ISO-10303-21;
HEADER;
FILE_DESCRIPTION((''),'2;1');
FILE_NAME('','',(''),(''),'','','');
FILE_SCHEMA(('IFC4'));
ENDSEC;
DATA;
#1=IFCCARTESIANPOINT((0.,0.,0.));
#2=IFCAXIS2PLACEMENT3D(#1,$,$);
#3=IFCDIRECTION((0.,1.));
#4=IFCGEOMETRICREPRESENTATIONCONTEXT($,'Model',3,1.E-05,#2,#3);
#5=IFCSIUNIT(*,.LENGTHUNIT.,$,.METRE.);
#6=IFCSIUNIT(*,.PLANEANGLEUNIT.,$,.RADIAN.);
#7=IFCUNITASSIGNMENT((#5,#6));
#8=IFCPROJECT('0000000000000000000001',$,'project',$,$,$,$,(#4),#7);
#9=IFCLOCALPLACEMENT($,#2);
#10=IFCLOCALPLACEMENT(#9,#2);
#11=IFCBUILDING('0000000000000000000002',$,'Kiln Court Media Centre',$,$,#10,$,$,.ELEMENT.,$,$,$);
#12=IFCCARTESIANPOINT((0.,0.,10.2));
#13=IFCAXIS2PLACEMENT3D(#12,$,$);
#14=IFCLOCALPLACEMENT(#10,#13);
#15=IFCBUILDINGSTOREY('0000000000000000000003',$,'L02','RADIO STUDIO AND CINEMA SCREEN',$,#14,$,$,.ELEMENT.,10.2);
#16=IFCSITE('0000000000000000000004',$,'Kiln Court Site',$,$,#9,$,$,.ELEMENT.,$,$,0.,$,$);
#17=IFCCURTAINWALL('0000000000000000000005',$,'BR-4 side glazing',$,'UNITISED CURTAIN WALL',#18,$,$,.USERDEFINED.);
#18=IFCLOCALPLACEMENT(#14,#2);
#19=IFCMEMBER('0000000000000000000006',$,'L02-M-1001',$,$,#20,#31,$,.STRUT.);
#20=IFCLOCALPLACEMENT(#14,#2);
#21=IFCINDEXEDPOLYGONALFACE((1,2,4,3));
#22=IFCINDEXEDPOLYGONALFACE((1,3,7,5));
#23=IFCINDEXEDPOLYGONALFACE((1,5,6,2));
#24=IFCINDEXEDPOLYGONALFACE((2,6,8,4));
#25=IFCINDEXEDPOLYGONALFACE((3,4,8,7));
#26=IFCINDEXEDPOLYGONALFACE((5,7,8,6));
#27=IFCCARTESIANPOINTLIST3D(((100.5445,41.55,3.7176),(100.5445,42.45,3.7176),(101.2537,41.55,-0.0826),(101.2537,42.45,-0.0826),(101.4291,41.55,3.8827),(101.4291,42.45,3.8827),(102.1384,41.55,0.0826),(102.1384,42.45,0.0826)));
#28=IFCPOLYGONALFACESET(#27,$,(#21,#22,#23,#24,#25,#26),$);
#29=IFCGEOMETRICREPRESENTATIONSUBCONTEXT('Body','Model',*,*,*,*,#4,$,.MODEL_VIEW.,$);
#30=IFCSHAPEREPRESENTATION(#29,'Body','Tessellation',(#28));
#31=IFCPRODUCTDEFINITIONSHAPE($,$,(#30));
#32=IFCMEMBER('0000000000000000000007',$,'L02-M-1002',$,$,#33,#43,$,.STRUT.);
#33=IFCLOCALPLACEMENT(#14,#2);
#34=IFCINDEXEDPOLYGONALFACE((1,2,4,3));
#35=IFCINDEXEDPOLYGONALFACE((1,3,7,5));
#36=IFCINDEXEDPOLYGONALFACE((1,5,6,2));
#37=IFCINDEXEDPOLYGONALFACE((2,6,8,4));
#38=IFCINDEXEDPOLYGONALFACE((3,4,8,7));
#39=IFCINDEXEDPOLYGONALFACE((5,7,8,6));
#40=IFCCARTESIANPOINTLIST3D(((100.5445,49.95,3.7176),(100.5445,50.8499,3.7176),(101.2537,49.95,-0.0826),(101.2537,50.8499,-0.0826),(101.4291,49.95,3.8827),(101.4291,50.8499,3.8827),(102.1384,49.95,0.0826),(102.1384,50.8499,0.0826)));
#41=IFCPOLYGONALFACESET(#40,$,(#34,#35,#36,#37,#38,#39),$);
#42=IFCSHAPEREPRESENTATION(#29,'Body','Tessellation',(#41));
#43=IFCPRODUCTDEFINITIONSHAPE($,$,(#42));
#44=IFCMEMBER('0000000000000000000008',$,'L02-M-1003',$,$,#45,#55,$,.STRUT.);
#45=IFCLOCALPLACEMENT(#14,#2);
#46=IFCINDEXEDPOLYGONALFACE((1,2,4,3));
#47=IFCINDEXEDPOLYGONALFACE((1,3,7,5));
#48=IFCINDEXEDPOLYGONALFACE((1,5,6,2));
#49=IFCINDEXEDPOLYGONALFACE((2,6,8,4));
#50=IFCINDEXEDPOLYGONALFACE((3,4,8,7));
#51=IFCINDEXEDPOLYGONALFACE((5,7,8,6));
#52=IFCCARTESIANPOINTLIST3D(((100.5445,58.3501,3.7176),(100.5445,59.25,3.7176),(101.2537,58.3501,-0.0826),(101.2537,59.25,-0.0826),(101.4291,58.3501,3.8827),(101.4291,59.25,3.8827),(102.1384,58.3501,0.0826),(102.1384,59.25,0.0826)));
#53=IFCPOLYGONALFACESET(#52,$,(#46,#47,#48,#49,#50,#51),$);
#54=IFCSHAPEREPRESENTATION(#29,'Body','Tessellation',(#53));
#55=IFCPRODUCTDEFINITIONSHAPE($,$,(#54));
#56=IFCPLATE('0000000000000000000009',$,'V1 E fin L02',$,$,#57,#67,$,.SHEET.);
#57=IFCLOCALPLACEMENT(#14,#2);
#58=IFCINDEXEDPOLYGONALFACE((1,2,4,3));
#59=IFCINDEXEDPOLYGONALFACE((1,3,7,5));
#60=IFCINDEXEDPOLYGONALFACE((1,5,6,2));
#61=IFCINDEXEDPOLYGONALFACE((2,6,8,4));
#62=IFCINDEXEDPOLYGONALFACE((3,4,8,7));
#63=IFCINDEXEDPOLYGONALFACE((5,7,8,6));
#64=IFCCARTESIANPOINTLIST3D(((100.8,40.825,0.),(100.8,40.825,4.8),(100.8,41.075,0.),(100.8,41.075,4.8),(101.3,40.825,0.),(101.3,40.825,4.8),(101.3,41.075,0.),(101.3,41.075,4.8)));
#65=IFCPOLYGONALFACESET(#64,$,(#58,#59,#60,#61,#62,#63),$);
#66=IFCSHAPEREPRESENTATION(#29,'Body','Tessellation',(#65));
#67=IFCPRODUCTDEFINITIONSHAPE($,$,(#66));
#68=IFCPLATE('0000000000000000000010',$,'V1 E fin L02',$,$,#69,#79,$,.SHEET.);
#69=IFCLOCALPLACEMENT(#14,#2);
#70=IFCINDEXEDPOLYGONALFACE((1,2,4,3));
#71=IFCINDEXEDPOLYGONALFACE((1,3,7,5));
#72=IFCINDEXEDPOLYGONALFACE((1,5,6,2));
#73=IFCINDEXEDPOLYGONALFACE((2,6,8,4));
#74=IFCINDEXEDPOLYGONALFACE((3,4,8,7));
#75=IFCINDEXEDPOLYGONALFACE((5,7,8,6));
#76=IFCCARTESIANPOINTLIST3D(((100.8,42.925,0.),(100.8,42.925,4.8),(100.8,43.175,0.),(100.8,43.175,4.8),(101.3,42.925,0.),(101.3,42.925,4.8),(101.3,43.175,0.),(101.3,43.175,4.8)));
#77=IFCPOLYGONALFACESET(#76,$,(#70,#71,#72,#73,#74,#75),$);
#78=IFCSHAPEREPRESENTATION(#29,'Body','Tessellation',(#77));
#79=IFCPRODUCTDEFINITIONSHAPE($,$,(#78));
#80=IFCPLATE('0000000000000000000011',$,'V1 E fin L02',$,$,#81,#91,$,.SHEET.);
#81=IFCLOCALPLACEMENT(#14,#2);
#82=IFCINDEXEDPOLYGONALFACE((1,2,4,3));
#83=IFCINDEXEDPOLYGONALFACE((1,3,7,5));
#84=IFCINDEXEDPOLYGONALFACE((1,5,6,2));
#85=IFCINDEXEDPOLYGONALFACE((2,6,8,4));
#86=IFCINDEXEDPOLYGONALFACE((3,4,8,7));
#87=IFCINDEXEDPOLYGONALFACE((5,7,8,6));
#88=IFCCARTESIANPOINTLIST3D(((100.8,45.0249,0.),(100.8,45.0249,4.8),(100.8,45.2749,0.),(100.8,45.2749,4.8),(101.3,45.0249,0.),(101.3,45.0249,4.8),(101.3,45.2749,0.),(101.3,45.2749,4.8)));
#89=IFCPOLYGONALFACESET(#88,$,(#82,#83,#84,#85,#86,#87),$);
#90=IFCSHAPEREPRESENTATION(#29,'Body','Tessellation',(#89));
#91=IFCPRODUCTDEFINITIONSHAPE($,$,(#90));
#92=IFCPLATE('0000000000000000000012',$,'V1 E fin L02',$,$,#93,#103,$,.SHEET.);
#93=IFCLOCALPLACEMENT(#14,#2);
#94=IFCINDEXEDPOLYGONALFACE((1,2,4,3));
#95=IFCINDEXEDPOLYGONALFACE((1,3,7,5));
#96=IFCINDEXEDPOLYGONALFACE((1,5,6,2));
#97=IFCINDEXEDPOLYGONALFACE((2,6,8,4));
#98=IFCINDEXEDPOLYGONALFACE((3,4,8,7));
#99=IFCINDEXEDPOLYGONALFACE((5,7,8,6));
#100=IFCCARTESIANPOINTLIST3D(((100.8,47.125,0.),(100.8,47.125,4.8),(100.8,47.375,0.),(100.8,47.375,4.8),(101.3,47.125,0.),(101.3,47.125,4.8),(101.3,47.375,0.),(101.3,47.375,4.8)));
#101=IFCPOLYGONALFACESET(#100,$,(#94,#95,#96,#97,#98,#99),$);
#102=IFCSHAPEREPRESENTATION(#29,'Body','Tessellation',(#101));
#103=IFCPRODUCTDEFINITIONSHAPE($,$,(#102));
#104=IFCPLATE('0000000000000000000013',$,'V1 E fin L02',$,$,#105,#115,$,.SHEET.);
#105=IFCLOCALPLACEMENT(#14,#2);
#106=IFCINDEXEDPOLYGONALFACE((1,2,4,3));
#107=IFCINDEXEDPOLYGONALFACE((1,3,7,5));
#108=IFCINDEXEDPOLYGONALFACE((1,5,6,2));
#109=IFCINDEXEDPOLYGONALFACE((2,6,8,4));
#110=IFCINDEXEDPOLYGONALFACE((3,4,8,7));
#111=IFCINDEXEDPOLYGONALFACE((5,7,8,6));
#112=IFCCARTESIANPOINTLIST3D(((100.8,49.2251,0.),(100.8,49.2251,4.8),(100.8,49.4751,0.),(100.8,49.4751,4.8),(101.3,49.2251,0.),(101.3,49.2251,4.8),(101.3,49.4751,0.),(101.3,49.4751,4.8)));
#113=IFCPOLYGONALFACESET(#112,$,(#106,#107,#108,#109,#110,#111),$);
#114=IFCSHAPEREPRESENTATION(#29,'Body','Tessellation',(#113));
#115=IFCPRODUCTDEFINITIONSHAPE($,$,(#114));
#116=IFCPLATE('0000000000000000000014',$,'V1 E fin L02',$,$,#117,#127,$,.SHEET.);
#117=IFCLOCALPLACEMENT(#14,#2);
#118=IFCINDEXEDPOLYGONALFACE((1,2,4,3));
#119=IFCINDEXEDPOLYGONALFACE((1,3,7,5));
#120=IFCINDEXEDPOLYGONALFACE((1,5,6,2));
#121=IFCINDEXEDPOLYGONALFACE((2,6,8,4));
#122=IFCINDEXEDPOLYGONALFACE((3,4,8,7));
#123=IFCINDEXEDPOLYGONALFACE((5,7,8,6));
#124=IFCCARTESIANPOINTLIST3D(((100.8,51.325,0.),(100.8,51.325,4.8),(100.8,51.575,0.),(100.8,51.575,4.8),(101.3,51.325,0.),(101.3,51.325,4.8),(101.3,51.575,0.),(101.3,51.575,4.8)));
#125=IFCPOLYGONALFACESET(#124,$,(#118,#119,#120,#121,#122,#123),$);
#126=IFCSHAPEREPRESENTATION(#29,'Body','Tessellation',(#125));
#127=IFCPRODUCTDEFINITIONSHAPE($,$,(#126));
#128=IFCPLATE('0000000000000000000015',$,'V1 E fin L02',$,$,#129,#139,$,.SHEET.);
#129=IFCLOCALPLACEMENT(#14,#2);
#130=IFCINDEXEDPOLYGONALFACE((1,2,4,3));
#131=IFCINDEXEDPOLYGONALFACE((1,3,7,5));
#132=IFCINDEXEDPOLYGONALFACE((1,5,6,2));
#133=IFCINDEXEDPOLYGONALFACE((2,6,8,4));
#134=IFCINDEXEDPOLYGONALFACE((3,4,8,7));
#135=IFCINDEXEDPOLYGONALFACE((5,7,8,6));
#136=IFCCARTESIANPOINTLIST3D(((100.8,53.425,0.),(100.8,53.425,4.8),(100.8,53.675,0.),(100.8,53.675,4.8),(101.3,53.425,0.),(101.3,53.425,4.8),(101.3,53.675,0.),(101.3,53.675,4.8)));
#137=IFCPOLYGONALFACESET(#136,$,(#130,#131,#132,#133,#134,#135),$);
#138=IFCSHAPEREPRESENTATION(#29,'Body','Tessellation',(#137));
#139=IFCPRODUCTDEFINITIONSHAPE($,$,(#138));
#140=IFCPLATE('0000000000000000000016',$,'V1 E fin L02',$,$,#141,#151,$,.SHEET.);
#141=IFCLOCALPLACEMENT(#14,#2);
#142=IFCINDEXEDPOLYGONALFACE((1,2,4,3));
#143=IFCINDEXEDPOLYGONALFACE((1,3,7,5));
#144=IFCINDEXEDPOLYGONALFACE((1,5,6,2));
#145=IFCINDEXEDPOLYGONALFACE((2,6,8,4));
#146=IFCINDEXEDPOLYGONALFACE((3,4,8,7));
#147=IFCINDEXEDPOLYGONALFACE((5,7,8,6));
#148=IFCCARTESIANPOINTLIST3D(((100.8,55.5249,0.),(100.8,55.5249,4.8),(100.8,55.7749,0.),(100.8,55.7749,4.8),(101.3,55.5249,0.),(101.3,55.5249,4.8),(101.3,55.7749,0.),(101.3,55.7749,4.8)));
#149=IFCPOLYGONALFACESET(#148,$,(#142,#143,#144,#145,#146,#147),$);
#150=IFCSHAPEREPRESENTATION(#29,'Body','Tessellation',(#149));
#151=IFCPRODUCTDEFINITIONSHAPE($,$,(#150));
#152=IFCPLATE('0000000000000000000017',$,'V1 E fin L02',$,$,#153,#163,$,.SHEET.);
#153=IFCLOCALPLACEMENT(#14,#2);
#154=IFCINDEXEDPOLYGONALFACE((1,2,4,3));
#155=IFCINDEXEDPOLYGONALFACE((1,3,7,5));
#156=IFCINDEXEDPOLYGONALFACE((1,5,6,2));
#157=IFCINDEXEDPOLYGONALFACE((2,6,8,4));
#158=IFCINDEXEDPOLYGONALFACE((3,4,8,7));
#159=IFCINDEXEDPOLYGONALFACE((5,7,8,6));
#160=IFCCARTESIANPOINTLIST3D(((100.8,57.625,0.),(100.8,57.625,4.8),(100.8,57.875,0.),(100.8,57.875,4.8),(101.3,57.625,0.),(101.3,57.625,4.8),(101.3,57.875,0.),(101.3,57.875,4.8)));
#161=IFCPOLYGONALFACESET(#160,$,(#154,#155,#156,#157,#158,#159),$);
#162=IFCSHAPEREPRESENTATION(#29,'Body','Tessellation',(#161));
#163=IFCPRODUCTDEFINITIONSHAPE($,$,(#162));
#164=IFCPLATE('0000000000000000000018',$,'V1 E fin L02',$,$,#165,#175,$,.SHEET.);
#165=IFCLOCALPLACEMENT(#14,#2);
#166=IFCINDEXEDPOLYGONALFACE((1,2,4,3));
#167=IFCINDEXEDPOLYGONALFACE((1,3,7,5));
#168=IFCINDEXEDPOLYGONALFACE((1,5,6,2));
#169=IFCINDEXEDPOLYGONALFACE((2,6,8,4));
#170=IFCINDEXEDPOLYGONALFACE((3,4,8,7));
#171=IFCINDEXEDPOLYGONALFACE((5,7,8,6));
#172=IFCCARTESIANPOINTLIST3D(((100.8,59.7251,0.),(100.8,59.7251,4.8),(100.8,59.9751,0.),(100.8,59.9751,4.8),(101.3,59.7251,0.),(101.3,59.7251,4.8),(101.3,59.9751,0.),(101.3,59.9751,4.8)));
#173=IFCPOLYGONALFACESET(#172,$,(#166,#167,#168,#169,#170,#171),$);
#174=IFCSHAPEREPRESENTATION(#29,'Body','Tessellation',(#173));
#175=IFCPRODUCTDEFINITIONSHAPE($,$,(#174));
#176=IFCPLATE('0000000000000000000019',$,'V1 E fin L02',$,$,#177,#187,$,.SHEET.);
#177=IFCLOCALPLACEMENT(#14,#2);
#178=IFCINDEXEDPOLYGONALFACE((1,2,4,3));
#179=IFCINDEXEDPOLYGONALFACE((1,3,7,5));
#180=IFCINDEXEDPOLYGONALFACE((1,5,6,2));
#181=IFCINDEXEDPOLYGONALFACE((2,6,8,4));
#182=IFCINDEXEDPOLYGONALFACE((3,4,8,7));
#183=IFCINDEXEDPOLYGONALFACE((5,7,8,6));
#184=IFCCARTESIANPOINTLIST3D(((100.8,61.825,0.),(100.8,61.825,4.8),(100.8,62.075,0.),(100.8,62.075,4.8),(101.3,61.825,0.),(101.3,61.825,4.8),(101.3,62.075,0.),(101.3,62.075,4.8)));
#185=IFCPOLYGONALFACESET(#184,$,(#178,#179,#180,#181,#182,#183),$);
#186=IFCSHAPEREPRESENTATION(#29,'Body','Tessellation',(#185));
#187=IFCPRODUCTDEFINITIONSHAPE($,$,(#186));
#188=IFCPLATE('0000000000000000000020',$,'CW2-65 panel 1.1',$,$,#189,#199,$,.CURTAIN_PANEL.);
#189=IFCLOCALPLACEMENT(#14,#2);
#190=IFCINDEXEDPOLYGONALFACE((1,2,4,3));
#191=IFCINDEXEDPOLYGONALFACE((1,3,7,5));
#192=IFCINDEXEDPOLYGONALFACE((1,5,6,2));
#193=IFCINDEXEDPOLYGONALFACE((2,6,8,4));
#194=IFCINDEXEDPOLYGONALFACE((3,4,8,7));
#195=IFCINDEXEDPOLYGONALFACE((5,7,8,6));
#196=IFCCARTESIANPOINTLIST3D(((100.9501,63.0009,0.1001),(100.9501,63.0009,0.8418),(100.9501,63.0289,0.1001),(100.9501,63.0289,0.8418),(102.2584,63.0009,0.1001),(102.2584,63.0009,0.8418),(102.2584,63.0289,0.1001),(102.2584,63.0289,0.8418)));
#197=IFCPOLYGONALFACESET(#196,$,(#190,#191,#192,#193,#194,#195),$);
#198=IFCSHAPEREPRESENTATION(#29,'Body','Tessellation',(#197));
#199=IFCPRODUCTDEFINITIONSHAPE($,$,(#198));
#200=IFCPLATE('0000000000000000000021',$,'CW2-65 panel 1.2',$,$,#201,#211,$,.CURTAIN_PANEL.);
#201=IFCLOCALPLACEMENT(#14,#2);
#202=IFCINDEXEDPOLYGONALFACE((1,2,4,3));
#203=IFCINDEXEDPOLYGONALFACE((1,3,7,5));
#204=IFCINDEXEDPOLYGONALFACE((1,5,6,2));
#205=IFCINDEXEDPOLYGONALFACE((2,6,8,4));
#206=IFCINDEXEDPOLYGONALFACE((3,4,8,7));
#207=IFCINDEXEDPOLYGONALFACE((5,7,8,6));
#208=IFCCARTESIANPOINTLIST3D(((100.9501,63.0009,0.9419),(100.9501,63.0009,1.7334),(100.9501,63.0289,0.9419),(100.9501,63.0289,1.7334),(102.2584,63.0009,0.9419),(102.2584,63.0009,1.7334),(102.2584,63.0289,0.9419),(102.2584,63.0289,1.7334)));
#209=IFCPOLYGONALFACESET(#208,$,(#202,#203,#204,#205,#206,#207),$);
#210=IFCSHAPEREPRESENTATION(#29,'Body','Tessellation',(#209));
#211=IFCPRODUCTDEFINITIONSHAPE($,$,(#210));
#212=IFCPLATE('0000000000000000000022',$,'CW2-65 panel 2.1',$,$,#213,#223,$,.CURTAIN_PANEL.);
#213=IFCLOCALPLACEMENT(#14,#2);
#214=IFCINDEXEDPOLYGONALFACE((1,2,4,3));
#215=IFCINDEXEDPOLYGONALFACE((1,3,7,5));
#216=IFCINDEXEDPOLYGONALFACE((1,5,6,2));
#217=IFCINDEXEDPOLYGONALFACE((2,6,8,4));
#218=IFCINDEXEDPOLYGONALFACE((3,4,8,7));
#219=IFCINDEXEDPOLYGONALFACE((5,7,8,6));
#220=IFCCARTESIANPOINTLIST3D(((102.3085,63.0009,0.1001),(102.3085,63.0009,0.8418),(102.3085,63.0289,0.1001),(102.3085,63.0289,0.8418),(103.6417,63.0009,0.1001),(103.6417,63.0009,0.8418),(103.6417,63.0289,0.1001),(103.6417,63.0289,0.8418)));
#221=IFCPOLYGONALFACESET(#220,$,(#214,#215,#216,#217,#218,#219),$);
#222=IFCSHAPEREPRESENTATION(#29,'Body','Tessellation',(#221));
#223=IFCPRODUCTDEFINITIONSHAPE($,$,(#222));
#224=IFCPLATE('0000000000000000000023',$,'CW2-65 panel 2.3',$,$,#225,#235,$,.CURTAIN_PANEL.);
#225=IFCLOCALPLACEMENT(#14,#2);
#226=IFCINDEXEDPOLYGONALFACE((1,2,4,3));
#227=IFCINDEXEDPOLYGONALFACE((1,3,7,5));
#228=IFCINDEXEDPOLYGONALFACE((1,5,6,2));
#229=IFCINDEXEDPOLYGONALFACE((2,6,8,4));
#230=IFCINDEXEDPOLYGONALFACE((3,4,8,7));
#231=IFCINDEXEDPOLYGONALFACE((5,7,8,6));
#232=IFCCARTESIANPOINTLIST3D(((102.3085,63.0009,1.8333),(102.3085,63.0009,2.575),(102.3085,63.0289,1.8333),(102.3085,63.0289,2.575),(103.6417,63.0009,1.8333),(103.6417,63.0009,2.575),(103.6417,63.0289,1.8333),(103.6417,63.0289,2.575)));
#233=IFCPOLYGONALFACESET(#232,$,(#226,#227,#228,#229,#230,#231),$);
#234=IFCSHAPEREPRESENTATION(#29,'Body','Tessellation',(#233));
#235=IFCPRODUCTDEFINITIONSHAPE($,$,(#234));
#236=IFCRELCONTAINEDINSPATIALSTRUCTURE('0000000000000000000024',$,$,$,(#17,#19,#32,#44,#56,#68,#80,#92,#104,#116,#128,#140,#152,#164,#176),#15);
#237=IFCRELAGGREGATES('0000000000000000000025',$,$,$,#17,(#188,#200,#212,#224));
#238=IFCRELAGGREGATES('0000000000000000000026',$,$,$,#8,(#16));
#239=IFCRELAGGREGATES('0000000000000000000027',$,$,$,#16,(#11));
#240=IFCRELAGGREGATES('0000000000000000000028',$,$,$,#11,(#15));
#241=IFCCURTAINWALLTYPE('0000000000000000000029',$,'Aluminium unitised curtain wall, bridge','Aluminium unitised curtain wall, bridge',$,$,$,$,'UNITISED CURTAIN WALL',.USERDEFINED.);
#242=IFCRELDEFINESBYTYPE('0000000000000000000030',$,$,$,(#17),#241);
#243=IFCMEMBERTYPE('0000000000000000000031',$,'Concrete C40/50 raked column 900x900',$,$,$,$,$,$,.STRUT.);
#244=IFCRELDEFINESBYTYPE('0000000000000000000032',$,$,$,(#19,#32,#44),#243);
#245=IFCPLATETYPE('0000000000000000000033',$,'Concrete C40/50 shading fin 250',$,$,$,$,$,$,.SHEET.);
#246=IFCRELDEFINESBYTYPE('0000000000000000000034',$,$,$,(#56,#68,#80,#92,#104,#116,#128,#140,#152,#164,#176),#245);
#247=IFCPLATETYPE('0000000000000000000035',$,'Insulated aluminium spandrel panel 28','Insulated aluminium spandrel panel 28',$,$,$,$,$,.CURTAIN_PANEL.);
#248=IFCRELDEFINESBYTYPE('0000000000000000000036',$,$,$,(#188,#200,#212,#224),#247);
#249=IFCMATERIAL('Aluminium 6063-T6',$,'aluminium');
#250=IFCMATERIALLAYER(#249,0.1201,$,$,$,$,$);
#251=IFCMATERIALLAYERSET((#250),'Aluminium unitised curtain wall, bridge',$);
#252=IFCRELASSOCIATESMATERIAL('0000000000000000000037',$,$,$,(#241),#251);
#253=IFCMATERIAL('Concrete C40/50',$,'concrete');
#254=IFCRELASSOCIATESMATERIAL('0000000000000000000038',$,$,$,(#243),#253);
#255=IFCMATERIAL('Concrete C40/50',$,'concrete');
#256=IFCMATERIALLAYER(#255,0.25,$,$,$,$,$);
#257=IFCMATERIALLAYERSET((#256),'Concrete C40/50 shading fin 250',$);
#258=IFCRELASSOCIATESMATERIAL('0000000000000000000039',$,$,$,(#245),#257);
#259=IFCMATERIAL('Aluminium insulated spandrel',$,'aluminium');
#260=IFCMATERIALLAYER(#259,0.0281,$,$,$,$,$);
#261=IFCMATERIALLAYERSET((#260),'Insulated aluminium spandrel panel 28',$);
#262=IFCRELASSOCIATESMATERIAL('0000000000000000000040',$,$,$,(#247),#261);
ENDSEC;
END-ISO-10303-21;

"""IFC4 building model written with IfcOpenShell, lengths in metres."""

from ifc_helpers import new_model, si_unit, direction, frame, origin, origin_2d, place, context, subcontext, project, spatial, rectangle, extrude, material, layer, layer_set, material_profile, profile_set, type_object, element, aggregate, save


model = new_model("IFC4")

# Units and contexts
model_context = context("Model", 3, precision=1e-05, world=origin(), true_north=direction((0.0, 1.0)))
body_context = subcontext(model_context, "Body", "Model", "MODEL_VIEW")
ifc_project = project(units=[si_unit("LENGTHUNIT", "METRE"), si_unit("PLANEANGLEUNIT", "RADIAN")], contexts=[model_context])

# Site, building, storey
site_placement = place(None, origin())
site = spatial("IfcSite", under=ifc_project, at=site_placement, Name="Kiln Court Site", CompositionType="ELEMENT", RefElevation=0.0)
building_placement = place(site_placement, origin())
building = spatial("IfcBuilding", under=site, at=building_placement, Name="Kiln Court Media Centre", CompositionType="ELEMENT")
storey_placement = place(building_placement, frame((0.0, 0.0, 10.2)))
storey = spatial("IfcBuildingStorey", under=building, at=storey_placement, Name="L02", Description="RADIO STUDIO AND CINEMA SCREEN", CompositionType="ELEMENT", Elevation=10.2)

# Curtain wall
ifc_material_1 = material(Name="Aluminium 6063-T6", Category="aluminium")
ifc_layer_1 = layer(ifc_material_1, 0.1201)
ifc_layer_set_1 = layer_set([ifc_layer_1], Name="Aluminium unitised curtain wall, bridge")
curtain_wall_type = type_object("IfcCurtainWallType", Name="Aluminium unitised curtain wall, bridge", Description="Aluminium unitised curtain wall, bridge", ElementType="UNITISED CURTAIN WALL", PredefinedType="USERDEFINED", material=ifc_layer_set_1)
curtain_wall_placement = place(storey_placement, origin())
curtain_wall = element("IfcCurtainWall", 1, at=curtain_wall_placement, inside=storey, type_object=curtain_wall_type, Name="BR-4 side glazing", ObjectType="UNITISED CURTAIN WALL", PredefinedType="USERDEFINED")

# Members
ifc_material_2 = material(Name="Concrete C40/50", Category="concrete")
ifc_material_profile_1 = material_profile(ifc_material_2, rectangle(XDim=0.8999, YDim=0.8999, at=origin_2d()), Name="RC 900x900")
ifc_profile_set_1 = profile_set([ifc_material_profile_1], Name="Concrete C40/50")
member_type_1 = type_object("IfcMemberType", Name="Concrete C40/50 raked column 900x900", PredefinedType="STRUT", material=ifc_profile_set_1)
for number, where, z_axis, x_axis, name in (
    (2, (101.696, 42.0, 0.0), (-0.183469, 0.0, 0.983026), (0.0, -1.0, 0.0), "L02-M-1001"),
    (3, (101.696, 50.3999, 0.0), (-0.183469, 0.0, 0.983026), (0.0, -1.0, 0.0), "L02-M-1002"),
    (4, (101.696, 58.8, 0.0), (-0.183469, 0.0, 0.983026), (0.0, -1.0, 0.0), "L02-M-1003"),
):
    element("IfcMember", number, at=place(storey_placement, frame(where, z_axis=z_axis, x_axis=x_axis)), inside=storey, type_object=member_type_1, Name=name, PredefinedType="STRUT", context=body_context, shape_type="SweptSolid", body=[
        extrude(rectangle(XDim=0.8999, YDim=0.8999, at=origin_2d()), origin(), (0.0, 0.0, 1.0), 3.8657),
    ])

# Plates
ifc_material_3 = material(Name="Concrete C40/50", Category="concrete")
ifc_layer_2 = layer(ifc_material_3, 0.25)
ifc_layer_set_2 = layer_set([ifc_layer_2], Name="Concrete C40/50 shading fin 250")
plate_type_1 = type_object("IfcPlateType", Name="Concrete C40/50 shading fin 250", PredefinedType="SHEET", material=ifc_layer_set_2)
for number, where, z_axis, x_axis, name in (
    (5, (101.05, 40.95, 0.0), (0.0, 0.0, 1.0), (1.0, 0.0, 0.0), "V1 E fin L02"),
    (6, (101.05, 43.05, 0.0), (0.0, 0.0, 1.0), (1.0, 0.0, 0.0), "V1 E fin L02"),
    (7, (101.05, 45.1499, 0.0), (0.0, 0.0, 1.0), (1.0, 0.0, 0.0), "V1 E fin L02"),
    (8, (101.05, 47.25, 0.0), (0.0, 0.0, 1.0), (1.0, 0.0, 0.0), "V1 E fin L02"),
    (9, (101.05, 49.3501, 0.0), (0.0, 0.0, 1.0), (1.0, 0.0, 0.0), "V1 E fin L02"),
    (10, (101.05, 51.45, 0.0), (0.0, 0.0, 1.0), (1.0, 0.0, 0.0), "V1 E fin L02"),
    (11, (101.05, 53.55, 0.0), (0.0, 0.0, 1.0), (1.0, 0.0, 0.0), "V1 E fin L02"),
    (12, (101.05, 55.6499, 0.0), (0.0, 0.0, 1.0), (1.0, 0.0, 0.0), "V1 E fin L02"),
    (13, (101.05, 57.75, 0.0), (0.0, 0.0, 1.0), (1.0, 0.0, 0.0), "V1 E fin L02"),
    (14, (101.05, 59.8501, 0.0), (0.0, 0.0, 1.0), (1.0, 0.0, 0.0), "V1 E fin L02"),
    (15, (101.05, 61.95, 0.0), (0.0, 0.0, 1.0), (1.0, 0.0, 0.0), "V1 E fin L02"),
):
    element("IfcPlate", number, at=place(storey_placement, frame(where, z_axis=z_axis, x_axis=x_axis)), inside=storey, type_object=plate_type_1, Name=name, PredefinedType="SHEET", context=body_context, shape_type="SweptSolid", body=[
        extrude(rectangle(XDim=0.5, YDim=0.25, at=origin_2d()), origin(), (0.0, 0.0, 1.0), 4.8),
    ])

# Plates
ifc_material_4 = material(Name="Aluminium insulated spandrel", Category="aluminium")
ifc_layer_3 = layer(ifc_material_4, 0.0281)
ifc_layer_set_3 = layer_set([ifc_layer_3], Name="Insulated aluminium spandrel panel 28")
plate_type_2 = type_object("IfcPlateType", Name="Insulated aluminium spandrel panel 28", Description="Insulated aluminium spandrel panel 28", PredefinedType="CURTAIN_PANEL", material=ifc_layer_set_3)
plate_1_placement = place(storey_placement, frame((101.6042, 63.0149, 0.1001), z_axis=(0.0, 0.0, 1.0), x_axis=(1.0, 0.0, 0.0)))
plate_1 = element("IfcPlate", 16, at=plate_1_placement, type_object=plate_type_2, Name="CW2-65 panel 1.1", PredefinedType="CURTAIN_PANEL", context=body_context, shape_type="SweptSolid", body=[
    extrude(rectangle(XDim=1.3083, YDim=0.0281, at=origin_2d()), origin(), (0.0, 0.0, 1.0), 0.7417),
])
plate_2_placement = place(storey_placement, frame((101.6042, 63.0149, 0.9419), z_axis=(0.0, 0.0, 1.0), x_axis=(1.0, 0.0, 0.0)))
plate_2 = element("IfcPlate", 17, at=plate_2_placement, type_object=plate_type_2, Name="CW2-65 panel 1.2", PredefinedType="CURTAIN_PANEL", context=body_context, shape_type="SweptSolid", body=[
    extrude(rectangle(XDim=1.3083, YDim=0.0281, at=origin_2d()), origin(), (0.0, 0.0, 1.0), 0.7915),
])
plate_3_placement = place(storey_placement, frame((102.9751, 63.0149, 0.1001), z_axis=(0.0, 0.0, 1.0), x_axis=(1.0, 0.0, 0.0)))
plate_3 = element("IfcPlate", 18, at=plate_3_placement, type_object=plate_type_2, Name="CW2-65 panel 2.1", PredefinedType="CURTAIN_PANEL", context=body_context, shape_type="SweptSolid", body=[
    extrude(rectangle(XDim=1.3333, YDim=0.0281, at=origin_2d()), origin(), (0.0, 0.0, 1.0), 0.7417),
])
plate_4_placement = place(storey_placement, frame((102.9751, 63.0149, 1.8333), z_axis=(0.0, 0.0, 1.0), x_axis=(1.0, 0.0, 0.0)))
plate_4 = element("IfcPlate", 19, at=plate_4_placement, type_object=plate_type_2, Name="CW2-65 panel 2.3", PredefinedType="CURTAIN_PANEL", context=body_context, shape_type="SweptSolid", body=[
    extrude(rectangle(XDim=1.3333, YDim=0.0281, at=origin_2d()), origin(), (0.0, 0.0, 1.0), 0.7417),
])
aggregate(curtain_wall, [plate_1, plate_2, plate_3, plate_4])

save(model, "model.ifc")
